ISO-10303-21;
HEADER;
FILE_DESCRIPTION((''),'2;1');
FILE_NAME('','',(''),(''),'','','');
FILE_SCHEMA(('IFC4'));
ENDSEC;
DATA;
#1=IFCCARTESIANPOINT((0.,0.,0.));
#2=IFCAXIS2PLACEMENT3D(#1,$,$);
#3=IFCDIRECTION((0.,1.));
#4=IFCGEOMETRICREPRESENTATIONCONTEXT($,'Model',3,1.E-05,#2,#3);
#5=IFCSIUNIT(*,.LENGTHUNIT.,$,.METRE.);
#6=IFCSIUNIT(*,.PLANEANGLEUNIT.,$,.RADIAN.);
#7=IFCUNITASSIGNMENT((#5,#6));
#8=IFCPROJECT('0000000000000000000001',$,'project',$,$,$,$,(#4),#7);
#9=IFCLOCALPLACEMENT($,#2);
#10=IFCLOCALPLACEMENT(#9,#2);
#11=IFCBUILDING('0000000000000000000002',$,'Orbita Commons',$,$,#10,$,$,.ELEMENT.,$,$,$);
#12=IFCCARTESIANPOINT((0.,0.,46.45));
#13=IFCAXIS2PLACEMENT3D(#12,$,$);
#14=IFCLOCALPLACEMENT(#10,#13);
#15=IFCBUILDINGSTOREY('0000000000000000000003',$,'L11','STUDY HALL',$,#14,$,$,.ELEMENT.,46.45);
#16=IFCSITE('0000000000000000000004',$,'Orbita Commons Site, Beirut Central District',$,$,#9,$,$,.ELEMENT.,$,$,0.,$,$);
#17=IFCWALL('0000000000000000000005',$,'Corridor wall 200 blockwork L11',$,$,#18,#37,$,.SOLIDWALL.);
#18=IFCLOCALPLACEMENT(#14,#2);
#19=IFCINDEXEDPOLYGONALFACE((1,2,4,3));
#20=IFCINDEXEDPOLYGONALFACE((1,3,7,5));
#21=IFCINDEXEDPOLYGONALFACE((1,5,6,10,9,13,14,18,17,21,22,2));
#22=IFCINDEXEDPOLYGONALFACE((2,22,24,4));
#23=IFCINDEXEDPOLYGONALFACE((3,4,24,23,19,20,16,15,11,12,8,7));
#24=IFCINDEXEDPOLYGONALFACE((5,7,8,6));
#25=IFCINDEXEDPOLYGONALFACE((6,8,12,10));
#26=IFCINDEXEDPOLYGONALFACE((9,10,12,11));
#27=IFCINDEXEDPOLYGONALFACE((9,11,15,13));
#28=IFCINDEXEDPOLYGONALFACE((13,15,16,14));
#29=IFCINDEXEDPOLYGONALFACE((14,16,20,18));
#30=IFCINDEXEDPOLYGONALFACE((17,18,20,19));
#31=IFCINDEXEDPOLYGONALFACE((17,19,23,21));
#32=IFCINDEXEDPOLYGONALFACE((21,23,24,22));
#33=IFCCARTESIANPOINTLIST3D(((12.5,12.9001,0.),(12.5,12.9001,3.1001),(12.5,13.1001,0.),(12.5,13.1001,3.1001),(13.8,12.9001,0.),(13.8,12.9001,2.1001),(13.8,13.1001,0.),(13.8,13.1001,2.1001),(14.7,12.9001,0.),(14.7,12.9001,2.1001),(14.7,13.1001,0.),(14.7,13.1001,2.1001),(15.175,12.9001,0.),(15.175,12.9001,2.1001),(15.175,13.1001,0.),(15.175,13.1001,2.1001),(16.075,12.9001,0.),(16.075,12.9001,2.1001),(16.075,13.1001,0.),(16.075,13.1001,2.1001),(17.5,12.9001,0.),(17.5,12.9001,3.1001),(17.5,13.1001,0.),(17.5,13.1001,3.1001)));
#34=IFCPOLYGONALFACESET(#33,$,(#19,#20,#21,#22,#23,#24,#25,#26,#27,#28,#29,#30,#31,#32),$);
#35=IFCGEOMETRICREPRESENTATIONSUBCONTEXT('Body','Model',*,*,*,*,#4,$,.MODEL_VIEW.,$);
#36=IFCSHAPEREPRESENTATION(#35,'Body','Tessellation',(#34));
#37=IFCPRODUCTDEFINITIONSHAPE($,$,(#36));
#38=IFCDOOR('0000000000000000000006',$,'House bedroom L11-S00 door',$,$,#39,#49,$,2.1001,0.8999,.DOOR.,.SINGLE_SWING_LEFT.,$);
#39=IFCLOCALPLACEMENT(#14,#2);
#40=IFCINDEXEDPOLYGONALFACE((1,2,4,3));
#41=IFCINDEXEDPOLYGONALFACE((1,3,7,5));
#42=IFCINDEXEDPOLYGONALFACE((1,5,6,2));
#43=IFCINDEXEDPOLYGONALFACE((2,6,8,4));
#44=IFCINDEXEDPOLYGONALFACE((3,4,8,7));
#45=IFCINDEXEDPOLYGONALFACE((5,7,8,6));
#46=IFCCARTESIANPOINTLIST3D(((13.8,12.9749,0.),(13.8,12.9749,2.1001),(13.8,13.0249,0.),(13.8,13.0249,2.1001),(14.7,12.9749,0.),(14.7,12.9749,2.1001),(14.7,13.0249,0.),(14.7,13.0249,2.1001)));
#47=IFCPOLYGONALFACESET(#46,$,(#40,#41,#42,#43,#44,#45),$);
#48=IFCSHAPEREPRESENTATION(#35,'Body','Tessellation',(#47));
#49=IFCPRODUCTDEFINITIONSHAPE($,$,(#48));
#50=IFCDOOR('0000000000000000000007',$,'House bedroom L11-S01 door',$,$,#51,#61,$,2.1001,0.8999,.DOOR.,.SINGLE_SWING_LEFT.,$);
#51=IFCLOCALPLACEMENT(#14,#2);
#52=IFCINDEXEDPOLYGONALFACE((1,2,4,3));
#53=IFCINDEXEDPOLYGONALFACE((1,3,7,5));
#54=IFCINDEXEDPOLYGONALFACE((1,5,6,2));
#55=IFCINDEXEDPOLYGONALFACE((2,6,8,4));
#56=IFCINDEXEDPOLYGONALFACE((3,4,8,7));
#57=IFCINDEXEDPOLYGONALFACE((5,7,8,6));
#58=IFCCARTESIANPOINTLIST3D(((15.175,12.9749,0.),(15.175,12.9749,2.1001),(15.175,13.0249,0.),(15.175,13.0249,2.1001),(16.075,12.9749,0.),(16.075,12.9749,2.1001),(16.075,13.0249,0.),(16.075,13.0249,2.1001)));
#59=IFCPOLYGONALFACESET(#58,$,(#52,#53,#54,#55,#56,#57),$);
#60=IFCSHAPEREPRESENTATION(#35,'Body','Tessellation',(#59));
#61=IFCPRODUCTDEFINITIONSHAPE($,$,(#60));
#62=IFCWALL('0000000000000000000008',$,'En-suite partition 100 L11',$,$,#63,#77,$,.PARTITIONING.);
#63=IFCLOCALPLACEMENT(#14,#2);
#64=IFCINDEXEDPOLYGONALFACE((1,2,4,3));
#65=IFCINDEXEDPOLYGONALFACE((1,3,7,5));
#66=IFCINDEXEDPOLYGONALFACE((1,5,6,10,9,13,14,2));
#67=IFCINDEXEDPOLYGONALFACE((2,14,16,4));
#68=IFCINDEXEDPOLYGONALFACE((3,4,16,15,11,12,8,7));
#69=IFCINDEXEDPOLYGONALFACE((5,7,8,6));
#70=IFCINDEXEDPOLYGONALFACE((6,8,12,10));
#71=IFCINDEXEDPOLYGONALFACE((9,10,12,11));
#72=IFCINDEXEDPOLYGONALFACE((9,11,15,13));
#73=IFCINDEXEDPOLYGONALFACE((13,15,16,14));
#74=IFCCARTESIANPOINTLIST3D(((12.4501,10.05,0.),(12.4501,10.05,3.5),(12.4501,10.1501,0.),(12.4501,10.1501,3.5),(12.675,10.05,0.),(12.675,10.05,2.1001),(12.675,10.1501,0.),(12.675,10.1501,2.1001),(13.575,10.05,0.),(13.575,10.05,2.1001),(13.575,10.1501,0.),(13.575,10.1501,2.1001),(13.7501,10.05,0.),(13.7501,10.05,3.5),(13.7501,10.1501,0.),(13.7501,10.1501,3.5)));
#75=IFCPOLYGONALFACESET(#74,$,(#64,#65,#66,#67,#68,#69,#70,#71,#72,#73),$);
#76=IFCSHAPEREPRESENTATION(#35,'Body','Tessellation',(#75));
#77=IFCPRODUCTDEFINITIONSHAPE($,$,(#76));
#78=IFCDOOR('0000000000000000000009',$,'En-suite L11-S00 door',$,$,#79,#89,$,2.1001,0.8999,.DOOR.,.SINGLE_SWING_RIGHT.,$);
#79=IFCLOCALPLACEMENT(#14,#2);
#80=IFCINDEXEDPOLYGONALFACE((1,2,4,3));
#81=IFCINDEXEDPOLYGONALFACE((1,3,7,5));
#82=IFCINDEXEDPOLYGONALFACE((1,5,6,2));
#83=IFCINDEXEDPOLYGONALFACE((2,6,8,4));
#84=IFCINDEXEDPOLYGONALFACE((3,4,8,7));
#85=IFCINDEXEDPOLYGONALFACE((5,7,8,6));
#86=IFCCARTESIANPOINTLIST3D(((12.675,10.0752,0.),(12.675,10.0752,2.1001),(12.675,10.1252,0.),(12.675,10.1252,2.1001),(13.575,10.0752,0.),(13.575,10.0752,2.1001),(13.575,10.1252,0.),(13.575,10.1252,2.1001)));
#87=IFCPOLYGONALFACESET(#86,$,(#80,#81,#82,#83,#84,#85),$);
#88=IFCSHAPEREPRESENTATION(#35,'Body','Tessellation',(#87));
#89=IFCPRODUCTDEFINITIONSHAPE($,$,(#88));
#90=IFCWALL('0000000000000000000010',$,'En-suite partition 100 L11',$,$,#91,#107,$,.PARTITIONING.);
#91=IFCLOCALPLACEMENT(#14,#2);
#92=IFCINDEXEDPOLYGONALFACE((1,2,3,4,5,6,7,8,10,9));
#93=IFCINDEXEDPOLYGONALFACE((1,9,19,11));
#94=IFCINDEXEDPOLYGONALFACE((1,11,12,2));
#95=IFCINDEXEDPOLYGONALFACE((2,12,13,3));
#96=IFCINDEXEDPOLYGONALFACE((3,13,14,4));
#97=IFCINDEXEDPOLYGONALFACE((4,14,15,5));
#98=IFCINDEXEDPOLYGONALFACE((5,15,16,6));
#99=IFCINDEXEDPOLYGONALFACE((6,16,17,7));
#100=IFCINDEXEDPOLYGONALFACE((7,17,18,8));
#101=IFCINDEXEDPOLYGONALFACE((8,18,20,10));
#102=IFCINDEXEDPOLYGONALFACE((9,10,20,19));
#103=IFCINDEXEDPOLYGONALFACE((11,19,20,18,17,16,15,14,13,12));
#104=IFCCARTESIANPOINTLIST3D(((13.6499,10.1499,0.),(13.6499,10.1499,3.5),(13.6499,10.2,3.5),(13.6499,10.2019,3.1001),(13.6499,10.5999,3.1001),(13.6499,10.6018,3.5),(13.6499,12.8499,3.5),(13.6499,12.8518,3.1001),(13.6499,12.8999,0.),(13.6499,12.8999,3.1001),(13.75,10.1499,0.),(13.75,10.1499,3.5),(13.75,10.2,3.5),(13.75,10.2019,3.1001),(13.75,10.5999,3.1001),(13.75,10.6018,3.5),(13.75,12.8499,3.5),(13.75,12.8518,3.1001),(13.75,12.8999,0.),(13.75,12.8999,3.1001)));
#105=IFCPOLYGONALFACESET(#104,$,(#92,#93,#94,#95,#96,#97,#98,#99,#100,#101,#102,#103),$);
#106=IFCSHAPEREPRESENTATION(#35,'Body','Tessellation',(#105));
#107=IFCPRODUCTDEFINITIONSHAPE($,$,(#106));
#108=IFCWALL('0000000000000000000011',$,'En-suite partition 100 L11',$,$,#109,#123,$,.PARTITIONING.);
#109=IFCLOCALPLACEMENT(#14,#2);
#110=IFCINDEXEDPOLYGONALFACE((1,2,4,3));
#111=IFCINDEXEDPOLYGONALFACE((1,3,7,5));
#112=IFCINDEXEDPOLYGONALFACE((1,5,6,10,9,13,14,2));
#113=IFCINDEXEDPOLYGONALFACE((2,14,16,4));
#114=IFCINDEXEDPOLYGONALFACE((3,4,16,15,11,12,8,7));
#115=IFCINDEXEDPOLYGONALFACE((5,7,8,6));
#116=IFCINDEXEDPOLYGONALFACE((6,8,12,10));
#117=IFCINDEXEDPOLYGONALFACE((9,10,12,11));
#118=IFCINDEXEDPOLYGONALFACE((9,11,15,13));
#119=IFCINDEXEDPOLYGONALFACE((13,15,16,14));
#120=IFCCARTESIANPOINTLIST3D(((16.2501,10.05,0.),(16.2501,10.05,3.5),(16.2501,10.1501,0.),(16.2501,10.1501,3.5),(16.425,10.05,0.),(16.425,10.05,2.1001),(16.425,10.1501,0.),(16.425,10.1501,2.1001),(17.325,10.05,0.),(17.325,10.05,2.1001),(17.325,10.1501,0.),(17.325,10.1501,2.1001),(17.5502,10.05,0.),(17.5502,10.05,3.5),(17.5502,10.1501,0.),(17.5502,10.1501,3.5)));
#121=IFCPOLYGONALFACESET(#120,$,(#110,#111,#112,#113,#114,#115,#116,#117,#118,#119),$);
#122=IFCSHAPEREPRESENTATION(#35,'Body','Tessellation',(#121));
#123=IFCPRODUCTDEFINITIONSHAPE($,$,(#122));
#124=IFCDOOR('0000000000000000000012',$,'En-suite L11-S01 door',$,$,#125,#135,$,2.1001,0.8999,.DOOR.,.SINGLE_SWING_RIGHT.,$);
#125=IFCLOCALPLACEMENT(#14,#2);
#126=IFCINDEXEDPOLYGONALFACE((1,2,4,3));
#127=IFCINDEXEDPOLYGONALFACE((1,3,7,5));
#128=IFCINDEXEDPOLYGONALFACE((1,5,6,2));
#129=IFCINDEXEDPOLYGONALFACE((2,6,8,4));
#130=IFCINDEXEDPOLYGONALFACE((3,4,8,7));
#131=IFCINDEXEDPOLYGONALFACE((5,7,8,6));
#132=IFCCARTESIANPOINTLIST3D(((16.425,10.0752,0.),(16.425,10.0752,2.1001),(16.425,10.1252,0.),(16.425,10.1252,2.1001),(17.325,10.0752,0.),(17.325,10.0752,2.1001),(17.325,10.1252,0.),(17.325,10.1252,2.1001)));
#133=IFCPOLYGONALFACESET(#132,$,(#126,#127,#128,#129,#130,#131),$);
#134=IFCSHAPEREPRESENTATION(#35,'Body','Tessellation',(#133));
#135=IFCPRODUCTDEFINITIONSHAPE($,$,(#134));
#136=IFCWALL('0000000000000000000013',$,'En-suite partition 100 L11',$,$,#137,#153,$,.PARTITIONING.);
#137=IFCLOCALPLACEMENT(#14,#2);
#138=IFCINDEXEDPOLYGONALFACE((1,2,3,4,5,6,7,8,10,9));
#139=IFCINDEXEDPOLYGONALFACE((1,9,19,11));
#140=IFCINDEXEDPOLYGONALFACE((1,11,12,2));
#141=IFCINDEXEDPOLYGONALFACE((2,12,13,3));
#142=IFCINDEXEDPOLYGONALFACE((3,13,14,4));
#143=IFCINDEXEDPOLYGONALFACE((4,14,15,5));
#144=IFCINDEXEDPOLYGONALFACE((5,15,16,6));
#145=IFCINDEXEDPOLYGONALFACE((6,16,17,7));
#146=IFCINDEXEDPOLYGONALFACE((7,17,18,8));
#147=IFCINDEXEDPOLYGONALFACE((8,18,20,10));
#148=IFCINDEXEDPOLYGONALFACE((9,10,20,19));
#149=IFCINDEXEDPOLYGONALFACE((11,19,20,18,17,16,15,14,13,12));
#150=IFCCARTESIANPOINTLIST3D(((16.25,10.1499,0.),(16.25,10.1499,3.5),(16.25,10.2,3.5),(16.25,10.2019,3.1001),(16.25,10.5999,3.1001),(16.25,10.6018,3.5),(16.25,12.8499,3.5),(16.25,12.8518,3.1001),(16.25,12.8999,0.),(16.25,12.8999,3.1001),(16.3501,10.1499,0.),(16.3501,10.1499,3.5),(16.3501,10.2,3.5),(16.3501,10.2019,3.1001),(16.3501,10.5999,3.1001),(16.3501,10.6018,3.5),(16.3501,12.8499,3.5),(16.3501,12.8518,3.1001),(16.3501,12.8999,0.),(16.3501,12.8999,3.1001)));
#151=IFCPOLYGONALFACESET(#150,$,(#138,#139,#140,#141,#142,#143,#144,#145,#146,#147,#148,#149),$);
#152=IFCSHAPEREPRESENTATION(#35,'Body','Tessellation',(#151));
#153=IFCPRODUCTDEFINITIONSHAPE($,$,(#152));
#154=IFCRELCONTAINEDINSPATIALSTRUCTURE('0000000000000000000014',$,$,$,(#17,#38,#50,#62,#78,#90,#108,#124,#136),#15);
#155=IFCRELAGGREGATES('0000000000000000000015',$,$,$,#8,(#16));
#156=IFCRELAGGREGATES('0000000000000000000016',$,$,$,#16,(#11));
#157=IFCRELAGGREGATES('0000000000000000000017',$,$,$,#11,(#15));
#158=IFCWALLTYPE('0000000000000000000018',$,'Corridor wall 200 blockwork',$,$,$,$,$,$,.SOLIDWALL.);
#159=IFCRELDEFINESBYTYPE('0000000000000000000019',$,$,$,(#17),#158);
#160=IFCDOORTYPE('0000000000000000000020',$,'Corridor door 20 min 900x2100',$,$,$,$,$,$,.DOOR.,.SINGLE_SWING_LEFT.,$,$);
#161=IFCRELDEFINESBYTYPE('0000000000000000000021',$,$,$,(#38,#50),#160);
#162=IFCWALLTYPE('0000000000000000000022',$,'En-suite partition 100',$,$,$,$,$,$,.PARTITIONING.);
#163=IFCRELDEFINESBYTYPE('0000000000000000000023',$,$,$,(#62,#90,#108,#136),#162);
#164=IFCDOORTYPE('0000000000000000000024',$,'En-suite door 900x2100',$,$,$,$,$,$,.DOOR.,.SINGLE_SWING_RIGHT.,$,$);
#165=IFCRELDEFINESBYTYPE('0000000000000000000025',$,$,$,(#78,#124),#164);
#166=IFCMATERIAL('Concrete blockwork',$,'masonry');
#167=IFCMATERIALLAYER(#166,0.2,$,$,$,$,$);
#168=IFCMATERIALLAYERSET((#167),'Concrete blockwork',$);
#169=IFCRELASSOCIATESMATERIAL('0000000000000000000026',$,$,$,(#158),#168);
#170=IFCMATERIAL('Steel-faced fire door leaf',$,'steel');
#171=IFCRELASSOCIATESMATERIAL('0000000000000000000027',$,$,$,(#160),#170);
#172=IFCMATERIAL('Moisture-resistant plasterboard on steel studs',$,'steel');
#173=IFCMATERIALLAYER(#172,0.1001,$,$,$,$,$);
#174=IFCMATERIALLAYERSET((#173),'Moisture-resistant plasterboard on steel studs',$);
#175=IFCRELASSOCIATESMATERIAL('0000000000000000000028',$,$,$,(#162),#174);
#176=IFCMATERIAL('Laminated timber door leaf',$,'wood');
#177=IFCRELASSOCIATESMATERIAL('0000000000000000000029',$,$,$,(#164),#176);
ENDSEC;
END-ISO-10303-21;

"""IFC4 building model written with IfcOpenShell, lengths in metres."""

from ifc_helpers import new_model, si_unit, direction, frame, frame_2d, origin, place, context, subcontext, project, spatial, polyline, rectangle, outline, extrude, material, layer, layer_set, type_object, element, fill, save


model = new_model("IFC4")

# Units and contexts
model_context = context("Model", 3, precision=1e-05, world=origin(), true_north=direction((0.0, 1.0)))
body_context = subcontext(model_context, "Body", "Model", "MODEL_VIEW")
ifc_project = project(units=[si_unit("LENGTHUNIT", "METRE"), si_unit("PLANEANGLEUNIT", "RADIAN")], contexts=[model_context])

# Site, building, storey
site_placement = place(None, origin())
site = spatial("IfcSite", under=ifc_project, at=site_placement, Name="Orbita Commons Site, Beirut Central District", CompositionType="ELEMENT", RefElevation=0.0)
building_placement = place(site_placement, origin())
building = spatial("IfcBuilding", under=site, at=building_placement, Name="Orbita Commons", CompositionType="ELEMENT")
storey_placement = place(building_placement, frame((0.0, 0.0, 46.45)))
storey = spatial("IfcBuildingStorey", under=building, at=storey_placement, Name="L11", Description="STUDY HALL", CompositionType="ELEMENT", Elevation=46.45)

# Wall, openings, doors
ifc_material_1 = material(Name="Concrete blockwork", Category="masonry")
ifc_layer_1 = layer(ifc_material_1, 0.2)
ifc_layer_set_1 = layer_set([ifc_layer_1], Name="Concrete blockwork")
wall_type_1 = type_object("IfcWallType", Name="Corridor wall 200 blockwork", PredefinedType="SOLIDWALL", material=ifc_layer_set_1)
wall_1_placement = place(storey_placement, frame((12.5, 13.0, 0.0), z_axis=(0.0, 0.0, 1.0), x_axis=(1.0, 0.0, 0.0)))
wall_1 = element("IfcWall", 1, at=wall_1_placement, inside=storey, type_object=wall_type_1, Name="Corridor wall 200 blockwork L11", PredefinedType="SOLIDWALL", context=body_context, shape_type="SweptSolid", body=[
    extrude(outline(polyline([(0.0, 0.0), (5.0, 0.0), (5.0, 3.1001), (0.0, 3.1001), (0.0, 0.0)])), frame((0.0, 0.1001, 0.0), z_axis=(0.0, -1.0, 0.0), x_axis=(1.0, 0.0, 0.0)), (0.0, 0.0, 1.0), 0.2),
])
opening_1_placement = place(wall_1_placement, frame((1.3, 0.0, 0.0)))
opening_1 = element("IfcOpeningElement", 2, at=opening_1_placement, cuts=wall_1, PredefinedType="OPENING", context=body_context, shape_type="SweptSolid", body=[
    extrude(rectangle(XDim=0.8999, YDim=2.1001, at=frame_2d((0.45, 1.05))), frame((0.0, 0.1099, 0.0), z_axis=(0.0, -1.0, 0.0), x_axis=(1.0, 0.0, 0.0)), (0.0, 0.0, 1.0), 0.22),
])
opening_2_placement = place(wall_1_placement, frame((2.675, 0.0, 0.0)))
opening_2 = element("IfcOpeningElement", 3, at=opening_2_placement, cuts=wall_1, PredefinedType="OPENING", context=body_context, shape_type="SweptSolid", body=[
    extrude(rectangle(XDim=0.8999, YDim=2.1001, at=frame_2d((0.45, 1.05))), frame((0.0, 0.1099, 0.0), z_axis=(0.0, -1.0, 0.0), x_axis=(1.0, 0.0, 0.0)), (0.0, 0.0, 1.0), 0.22),
])
ifc_material_2 = material(Name="Steel-faced fire door leaf", Category="steel")
door_type_1 = type_object("IfcDoorType", Name="Corridor door 20 min 900x2100", OperationType="SINGLE_SWING_LEFT", PredefinedType="DOOR", material=ifc_material_2)
door_1_placement = place(opening_1_placement, origin())
door_1 = element("IfcDoor", 4, at=door_1_placement, inside=storey, type_object=door_type_1, Name="House bedroom L11-S00 door", OperationType="SINGLE_SWING_LEFT", OverallHeight=2.1001, OverallWidth=0.8999, PredefinedType="DOOR", context=body_context, shape_type="SweptSolid", body=[
    extrude(rectangle(XDim=0.8999, YDim=2.1001, at=frame_2d((0.45, 1.05))), frame((0.0, 0.0249, 0.0), z_axis=(0.0, -1.0, 0.0), x_axis=(1.0, 0.0, 0.0)), (0.0, 0.0, 1.0), 0.05),
])
fill(opening_1, door_1)
door_2_placement = place(opening_2_placement, origin())
door_2 = element("IfcDoor", 5, at=door_2_placement, inside=storey, type_object=door_type_1, Name="House bedroom L11-S01 door", OperationType="SINGLE_SWING_LEFT", OverallHeight=2.1001, OverallWidth=0.8999, PredefinedType="DOOR", context=body_context, shape_type="SweptSolid", body=[
    extrude(rectangle(XDim=0.8999, YDim=2.1001, at=frame_2d((0.45, 1.05))), frame((0.0, 0.0249, 0.0), z_axis=(0.0, -1.0, 0.0), x_axis=(1.0, 0.0, 0.0)), (0.0, 0.0, 1.0), 0.05),
])
fill(opening_2, door_2)

# Wall, opening, door
ifc_material_3 = material(Name="Moisture-resistant plasterboard on steel studs", Category="steel")
ifc_layer_2 = layer(ifc_material_3, 0.1001)
ifc_layer_set_2 = layer_set([ifc_layer_2], Name="Moisture-resistant plasterboard on steel studs")
wall_type_2 = type_object("IfcWallType", Name="En-suite partition 100", PredefinedType="PARTITIONING", material=ifc_layer_set_2)
wall_2_placement = place(storey_placement, frame((13.75, 10.1001, 0.0), z_axis=(0.0, 0.0, 1.0), x_axis=(-1.0, 0.0, 0.0)))
wall_2 = element("IfcWall", 6, at=wall_2_placement, inside=storey, type_object=wall_type_2, Name="En-suite partition 100 L11", PredefinedType="PARTITIONING", context=body_context, shape_type="SweptSolid", body=[
    extrude(rectangle(XDim=1.3, YDim=0.1001, at=frame_2d((0.6499, 0.0))), origin(), (0.0, 0.0, 1.0), 3.5),
])
opening_3_placement = place(wall_2_placement, frame((0.175, 0.0, 0.0)))
opening_3 = element("IfcOpeningElement", 7, at=opening_3_placement, cuts=wall_2, PredefinedType="OPENING", context=body_context, shape_type="SweptSolid", body=[
    extrude(rectangle(XDim=0.8999, YDim=2.1001, at=frame_2d((0.45, 1.05))), frame((0.0, 0.0601, 0.0), z_axis=(0.0, -1.0, 0.0), x_axis=(1.0, 0.0, 0.0)), (0.0, 0.0, 1.0), 0.1201),
])
ifc_material_4 = material(Name="Laminated timber door leaf", Category="wood")
door_type_2 = type_object("IfcDoorType", Name="En-suite door 900x2100", OperationType="SINGLE_SWING_RIGHT", PredefinedType="DOOR", material=ifc_material_4)
door_3_placement = place(opening_3_placement, origin())
door_3 = element("IfcDoor", 8, at=door_3_placement, inside=storey, type_object=door_type_2, Name="En-suite L11-S00 door", OperationType="SINGLE_SWING_RIGHT", OverallHeight=2.1001, OverallWidth=0.8999, PredefinedType="DOOR", context=body_context, shape_type="SweptSolid", body=[
    extrude(rectangle(XDim=0.8999, YDim=2.1001, at=frame_2d((0.45, 1.05))), frame((0.0, 0.0249, 0.0), z_axis=(0.0, -1.0, 0.0), x_axis=(1.0, 0.0, 0.0)), (0.0, 0.0, 1.0), 0.05),
])
fill(opening_3, door_3)

# Wall
wall_3_placement = place(storey_placement, frame((13.7, 10.1499, 0.0), z_axis=(0.0, 0.0, 1.0), x_axis=(0.0, 1.0, 0.0)))
element("IfcWall", 9, at=wall_3_placement, inside=storey, type_object=wall_type_2, Name="En-suite partition 100 L11", PredefinedType="PARTITIONING", context=body_context, shape_type="SweptSolid", body=[
    extrude(outline(polyline([(0.0, 0.0), (2.75, 0.0), (2.75, 3.1001), (2.7019, 3.1001), (2.7, 3.5), (0.4519, 3.5), (0.45, 3.1001), (0.052, 3.1001), (0.05, 3.5), (0.0, 3.5), (0.0, 0.0)])), frame((0.0, 0.05, 0.0), z_axis=(0.0, -1.0, 0.0), x_axis=(1.0, 0.0, 0.0)), (0.0, 0.0, 1.0), 0.1001),
])

# Wall, opening, door
wall_4_placement = place(storey_placement, frame((17.55, 10.1001, 0.0), z_axis=(0.0, 0.0, 1.0), x_axis=(-1.0, 0.0, 0.0)))
wall_4 = element("IfcWall", 10, at=wall_4_placement, inside=storey, type_object=wall_type_2, Name="En-suite partition 100 L11", PredefinedType="PARTITIONING", context=body_context, shape_type="SweptSolid", body=[
    extrude(rectangle(XDim=1.3, YDim=0.1001, at=frame_2d((0.6499, 0.0))), origin(), (0.0, 0.0, 1.0), 3.5),
])
opening_4_placement = place(wall_4_placement, frame((0.2251, 0.0, 0.0)))
opening_4 = element("IfcOpeningElement", 11, at=opening_4_placement, cuts=wall_4, PredefinedType="OPENING", context=body_context, shape_type="SweptSolid", body=[
    extrude(rectangle(XDim=0.8999, YDim=2.1001, at=frame_2d((0.45, 1.05))), frame((0.0, 0.0601, 0.0), z_axis=(0.0, -1.0, 0.0), x_axis=(1.0, 0.0, 0.0)), (0.0, 0.0, 1.0), 0.1201),
])
door_4_placement = place(opening_4_placement, origin())
door_4 = element("IfcDoor", 12, at=door_4_placement, inside=storey, type_object=door_type_2, Name="En-suite L11-S01 door", OperationType="SINGLE_SWING_RIGHT", OverallHeight=2.1001, OverallWidth=0.8999, PredefinedType="DOOR", context=body_context, shape_type="SweptSolid", body=[
    extrude(rectangle(XDim=0.8999, YDim=2.1001, at=frame_2d((0.45, 1.05))), frame((0.0, 0.0249, 0.0), z_axis=(0.0, -1.0, 0.0), x_axis=(1.0, 0.0, 0.0)), (0.0, 0.0, 1.0), 0.05),
])
fill(opening_4, door_4)

# Wall
wall_5_placement = place(storey_placement, frame((16.3, 10.1499, 0.0), z_axis=(0.0, 0.0, 1.0), x_axis=(0.0, 1.0, 0.0)))
element("IfcWall", 13, at=wall_5_placement, inside=storey, type_object=wall_type_2, Name="En-suite partition 100 L11", PredefinedType="PARTITIONING", context=body_context, shape_type="SweptSolid", body=[
    extrude(outline(polyline([(0.0, 0.0), (2.75, 0.0), (2.75, 3.1001), (2.7019, 3.1001), (2.7, 3.5), (0.4519, 3.5), (0.45, 3.1001), (0.052, 3.1001), (0.05, 3.5), (0.0, 3.5), (0.0, 0.0)])), frame((0.0, 0.05, 0.0), z_axis=(0.0, -1.0, 0.0), x_axis=(1.0, 0.0, 0.0)), (0.0, 0.0, 1.0), 0.1001),
])

save(model, "model.ifc")
